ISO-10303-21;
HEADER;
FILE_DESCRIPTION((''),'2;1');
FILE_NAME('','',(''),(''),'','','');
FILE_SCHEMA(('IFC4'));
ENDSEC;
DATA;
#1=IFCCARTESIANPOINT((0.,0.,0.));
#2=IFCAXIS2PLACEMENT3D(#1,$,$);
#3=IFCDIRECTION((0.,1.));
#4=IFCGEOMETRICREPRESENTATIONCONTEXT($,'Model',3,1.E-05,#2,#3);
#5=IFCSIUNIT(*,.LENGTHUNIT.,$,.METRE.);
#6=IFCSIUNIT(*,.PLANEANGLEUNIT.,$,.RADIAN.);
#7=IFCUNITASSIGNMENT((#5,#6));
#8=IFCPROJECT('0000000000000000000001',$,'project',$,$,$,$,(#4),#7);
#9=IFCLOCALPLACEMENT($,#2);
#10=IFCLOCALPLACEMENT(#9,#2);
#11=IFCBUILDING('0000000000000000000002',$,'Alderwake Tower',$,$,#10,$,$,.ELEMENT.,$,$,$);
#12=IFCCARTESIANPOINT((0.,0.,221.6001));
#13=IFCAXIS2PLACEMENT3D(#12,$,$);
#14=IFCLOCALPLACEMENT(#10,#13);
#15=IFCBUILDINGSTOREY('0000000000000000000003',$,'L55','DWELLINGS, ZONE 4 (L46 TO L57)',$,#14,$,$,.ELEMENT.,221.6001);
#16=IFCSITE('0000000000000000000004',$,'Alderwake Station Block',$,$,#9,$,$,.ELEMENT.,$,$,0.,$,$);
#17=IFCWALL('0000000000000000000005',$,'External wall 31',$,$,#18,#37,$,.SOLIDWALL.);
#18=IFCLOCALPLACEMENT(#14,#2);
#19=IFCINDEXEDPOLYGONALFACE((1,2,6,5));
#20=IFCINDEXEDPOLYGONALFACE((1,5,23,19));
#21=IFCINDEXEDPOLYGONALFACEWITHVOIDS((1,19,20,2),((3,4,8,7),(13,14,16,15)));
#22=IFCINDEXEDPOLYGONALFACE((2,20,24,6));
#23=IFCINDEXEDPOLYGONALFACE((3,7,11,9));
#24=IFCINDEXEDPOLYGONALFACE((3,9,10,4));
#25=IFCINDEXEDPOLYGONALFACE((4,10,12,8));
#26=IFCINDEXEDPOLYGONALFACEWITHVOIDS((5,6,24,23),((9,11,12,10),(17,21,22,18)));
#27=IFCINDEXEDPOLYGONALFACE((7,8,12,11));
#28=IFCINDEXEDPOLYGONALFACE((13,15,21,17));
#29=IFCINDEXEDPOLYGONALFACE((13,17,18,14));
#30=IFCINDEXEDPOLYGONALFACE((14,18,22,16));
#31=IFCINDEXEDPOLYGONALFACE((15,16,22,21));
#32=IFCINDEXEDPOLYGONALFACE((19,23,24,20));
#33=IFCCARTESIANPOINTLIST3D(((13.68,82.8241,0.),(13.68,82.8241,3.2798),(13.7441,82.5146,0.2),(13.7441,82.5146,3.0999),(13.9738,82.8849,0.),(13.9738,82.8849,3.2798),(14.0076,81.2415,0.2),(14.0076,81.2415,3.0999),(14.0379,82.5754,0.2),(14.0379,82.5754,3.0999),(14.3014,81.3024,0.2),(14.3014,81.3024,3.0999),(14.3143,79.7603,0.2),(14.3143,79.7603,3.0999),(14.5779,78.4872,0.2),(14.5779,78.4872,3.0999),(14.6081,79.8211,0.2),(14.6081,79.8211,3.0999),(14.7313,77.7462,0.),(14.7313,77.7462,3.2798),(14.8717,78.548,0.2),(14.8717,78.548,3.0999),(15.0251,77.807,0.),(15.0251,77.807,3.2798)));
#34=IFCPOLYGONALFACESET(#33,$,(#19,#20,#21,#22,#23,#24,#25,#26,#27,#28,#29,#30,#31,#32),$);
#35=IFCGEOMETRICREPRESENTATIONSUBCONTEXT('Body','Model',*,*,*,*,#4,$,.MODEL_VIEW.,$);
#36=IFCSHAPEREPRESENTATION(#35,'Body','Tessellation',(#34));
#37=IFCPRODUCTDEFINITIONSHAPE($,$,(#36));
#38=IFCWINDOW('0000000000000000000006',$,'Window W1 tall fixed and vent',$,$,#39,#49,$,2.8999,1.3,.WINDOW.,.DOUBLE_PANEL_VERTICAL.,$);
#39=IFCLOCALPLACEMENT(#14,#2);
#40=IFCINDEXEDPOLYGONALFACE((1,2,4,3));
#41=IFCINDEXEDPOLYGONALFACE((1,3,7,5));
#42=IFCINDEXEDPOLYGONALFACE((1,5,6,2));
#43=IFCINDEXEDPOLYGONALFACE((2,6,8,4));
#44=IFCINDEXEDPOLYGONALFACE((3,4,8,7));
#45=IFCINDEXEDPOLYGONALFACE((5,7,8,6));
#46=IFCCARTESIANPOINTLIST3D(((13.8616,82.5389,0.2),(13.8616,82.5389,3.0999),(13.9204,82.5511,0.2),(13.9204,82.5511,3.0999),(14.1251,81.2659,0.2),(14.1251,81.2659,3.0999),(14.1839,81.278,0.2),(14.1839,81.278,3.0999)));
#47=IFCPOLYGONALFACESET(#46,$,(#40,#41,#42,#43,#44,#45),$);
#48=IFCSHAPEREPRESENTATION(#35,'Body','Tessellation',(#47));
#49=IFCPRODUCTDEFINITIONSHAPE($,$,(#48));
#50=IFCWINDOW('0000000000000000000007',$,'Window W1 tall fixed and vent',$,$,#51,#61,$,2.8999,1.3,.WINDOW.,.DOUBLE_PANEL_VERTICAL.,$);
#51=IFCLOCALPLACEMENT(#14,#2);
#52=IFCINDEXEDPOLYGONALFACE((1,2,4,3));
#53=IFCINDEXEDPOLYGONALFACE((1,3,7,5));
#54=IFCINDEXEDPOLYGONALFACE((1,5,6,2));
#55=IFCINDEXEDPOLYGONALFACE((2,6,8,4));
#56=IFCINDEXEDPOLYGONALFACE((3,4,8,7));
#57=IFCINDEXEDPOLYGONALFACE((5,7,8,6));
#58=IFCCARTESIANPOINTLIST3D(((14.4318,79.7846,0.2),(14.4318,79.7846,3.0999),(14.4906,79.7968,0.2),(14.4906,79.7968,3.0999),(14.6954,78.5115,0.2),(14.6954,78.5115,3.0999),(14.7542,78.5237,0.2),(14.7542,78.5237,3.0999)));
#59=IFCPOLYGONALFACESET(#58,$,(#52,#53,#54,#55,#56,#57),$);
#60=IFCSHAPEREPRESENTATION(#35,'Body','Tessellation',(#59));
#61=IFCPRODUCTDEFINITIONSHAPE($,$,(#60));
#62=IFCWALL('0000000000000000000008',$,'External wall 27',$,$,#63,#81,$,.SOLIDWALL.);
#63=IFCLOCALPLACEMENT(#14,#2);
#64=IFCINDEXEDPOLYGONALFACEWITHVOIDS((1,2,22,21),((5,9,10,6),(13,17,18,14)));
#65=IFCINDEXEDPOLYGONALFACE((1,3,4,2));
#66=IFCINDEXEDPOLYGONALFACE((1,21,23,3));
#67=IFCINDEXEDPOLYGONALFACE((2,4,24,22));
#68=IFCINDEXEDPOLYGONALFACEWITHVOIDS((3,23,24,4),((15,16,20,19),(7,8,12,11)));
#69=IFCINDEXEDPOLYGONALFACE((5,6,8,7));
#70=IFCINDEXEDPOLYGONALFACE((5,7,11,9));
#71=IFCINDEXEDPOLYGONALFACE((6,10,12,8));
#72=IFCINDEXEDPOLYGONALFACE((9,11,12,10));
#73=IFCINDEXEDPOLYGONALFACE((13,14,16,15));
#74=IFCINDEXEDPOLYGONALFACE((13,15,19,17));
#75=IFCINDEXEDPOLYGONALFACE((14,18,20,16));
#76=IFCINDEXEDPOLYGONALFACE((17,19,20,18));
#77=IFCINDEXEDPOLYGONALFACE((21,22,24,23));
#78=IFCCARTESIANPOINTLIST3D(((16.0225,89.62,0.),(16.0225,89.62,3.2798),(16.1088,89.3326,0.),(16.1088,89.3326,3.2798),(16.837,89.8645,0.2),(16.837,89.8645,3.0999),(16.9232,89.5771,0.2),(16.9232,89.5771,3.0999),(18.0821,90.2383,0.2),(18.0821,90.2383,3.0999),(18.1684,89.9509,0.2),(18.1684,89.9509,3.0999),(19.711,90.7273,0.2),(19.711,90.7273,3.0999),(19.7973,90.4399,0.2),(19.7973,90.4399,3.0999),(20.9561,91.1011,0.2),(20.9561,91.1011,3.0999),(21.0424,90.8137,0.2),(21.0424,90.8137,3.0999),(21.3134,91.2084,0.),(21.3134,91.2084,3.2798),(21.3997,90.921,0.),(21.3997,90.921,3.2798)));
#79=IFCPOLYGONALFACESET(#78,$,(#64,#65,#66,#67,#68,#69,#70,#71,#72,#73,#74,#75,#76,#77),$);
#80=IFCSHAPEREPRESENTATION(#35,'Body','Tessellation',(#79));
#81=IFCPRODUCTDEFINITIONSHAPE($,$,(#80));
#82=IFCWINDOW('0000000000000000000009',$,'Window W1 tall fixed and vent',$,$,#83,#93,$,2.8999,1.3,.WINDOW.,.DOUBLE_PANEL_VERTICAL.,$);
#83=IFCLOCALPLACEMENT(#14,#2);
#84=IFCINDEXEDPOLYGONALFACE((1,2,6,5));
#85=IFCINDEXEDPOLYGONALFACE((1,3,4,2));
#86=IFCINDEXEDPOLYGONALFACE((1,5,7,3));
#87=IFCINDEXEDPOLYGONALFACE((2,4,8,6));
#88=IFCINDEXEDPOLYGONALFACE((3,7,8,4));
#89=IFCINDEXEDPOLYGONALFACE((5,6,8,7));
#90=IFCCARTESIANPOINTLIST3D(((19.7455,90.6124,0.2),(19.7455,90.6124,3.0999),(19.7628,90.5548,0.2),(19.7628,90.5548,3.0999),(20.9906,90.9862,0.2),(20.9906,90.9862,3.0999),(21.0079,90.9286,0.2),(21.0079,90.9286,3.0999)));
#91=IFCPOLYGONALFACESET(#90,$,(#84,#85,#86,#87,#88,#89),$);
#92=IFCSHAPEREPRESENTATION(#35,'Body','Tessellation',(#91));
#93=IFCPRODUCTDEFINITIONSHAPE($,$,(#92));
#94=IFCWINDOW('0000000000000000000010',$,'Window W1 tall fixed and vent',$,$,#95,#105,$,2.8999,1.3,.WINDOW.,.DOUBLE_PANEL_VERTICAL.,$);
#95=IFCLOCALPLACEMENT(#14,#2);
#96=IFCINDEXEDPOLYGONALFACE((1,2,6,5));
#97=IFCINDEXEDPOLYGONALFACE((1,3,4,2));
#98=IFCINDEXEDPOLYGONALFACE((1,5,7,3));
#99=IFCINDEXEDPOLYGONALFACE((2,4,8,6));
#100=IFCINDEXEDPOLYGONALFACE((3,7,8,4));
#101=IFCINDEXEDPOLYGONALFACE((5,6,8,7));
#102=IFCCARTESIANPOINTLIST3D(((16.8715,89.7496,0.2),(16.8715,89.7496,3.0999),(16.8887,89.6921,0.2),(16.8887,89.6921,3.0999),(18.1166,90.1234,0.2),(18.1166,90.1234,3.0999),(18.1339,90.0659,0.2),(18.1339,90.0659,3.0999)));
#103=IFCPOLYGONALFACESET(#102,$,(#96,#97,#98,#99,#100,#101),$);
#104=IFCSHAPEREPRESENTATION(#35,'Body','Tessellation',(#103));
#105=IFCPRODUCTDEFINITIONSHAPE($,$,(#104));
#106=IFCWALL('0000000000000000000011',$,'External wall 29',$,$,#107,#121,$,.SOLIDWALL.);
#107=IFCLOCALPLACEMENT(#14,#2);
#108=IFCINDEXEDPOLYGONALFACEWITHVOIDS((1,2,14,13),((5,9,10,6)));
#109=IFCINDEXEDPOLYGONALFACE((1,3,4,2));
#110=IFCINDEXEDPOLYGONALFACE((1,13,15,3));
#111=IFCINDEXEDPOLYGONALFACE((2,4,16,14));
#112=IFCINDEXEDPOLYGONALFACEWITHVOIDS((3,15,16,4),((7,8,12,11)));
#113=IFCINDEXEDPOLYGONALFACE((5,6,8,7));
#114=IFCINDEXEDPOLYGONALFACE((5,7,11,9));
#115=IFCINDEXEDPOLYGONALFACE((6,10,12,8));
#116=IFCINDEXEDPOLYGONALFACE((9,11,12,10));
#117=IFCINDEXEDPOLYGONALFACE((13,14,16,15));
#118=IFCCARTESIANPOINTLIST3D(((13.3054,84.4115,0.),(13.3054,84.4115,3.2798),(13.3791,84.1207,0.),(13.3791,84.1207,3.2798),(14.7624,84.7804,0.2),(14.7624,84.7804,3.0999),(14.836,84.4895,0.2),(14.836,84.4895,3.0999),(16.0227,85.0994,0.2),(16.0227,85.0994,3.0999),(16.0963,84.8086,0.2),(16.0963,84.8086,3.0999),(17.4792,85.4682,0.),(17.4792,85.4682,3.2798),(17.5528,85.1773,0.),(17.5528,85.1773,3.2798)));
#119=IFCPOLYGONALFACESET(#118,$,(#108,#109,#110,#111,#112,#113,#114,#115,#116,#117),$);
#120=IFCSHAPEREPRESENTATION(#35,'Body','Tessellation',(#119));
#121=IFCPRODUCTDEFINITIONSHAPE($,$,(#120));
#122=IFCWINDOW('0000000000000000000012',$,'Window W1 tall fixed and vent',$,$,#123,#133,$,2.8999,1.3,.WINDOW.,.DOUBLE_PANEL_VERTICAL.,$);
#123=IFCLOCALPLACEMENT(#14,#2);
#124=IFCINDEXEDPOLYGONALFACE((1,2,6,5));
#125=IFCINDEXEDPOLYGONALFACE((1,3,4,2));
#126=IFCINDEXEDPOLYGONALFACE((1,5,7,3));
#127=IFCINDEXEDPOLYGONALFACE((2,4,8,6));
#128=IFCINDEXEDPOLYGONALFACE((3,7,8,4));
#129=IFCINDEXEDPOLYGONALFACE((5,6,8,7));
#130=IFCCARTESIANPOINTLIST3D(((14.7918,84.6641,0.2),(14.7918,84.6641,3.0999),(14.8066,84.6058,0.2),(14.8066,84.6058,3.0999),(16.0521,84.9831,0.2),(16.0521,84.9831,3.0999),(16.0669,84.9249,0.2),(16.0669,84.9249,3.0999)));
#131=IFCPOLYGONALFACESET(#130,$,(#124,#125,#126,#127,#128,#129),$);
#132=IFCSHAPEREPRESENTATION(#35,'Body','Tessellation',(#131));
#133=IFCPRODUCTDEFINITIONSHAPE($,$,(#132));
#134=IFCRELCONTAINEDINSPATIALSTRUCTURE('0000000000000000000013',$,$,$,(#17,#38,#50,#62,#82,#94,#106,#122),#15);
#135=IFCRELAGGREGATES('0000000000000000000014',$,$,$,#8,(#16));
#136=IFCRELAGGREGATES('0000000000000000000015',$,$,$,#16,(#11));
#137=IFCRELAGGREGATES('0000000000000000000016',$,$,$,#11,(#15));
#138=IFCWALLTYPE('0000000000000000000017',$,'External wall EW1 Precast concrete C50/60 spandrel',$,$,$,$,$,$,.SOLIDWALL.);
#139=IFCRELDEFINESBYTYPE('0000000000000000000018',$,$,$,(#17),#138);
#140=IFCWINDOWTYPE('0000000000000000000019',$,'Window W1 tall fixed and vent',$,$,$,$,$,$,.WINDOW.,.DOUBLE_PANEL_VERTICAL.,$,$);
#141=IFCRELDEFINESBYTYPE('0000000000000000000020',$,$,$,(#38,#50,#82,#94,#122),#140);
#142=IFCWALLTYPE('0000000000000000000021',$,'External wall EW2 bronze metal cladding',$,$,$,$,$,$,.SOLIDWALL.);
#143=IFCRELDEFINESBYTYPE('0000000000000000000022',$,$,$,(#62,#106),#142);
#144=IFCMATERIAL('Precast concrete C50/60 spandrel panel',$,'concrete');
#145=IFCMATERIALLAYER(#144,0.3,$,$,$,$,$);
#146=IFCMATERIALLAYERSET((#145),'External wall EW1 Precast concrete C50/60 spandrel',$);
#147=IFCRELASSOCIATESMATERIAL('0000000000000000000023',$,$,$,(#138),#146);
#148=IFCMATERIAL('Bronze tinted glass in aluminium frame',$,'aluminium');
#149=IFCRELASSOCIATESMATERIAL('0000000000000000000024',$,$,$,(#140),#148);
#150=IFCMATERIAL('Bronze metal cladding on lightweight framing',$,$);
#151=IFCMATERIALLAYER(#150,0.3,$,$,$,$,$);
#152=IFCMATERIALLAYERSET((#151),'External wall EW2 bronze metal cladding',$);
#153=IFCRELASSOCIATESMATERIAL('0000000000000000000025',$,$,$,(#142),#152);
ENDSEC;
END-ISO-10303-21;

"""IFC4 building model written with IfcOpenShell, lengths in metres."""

from ifc_helpers import new_model, si_unit, direction, frame, frame_2d, origin, place, context, subcontext, project, spatial, rectangle, extrude, material, layer, layer_set, type_object, element, fill, save


model = new_model("IFC4")

# Units and contexts
model_context = context("Model", 3, precision=1e-05, world=origin(), true_north=direction((0.0, 1.0)))
body_context = subcontext(model_context, "Body", "Model", "MODEL_VIEW")
ifc_project = project(units=[si_unit("LENGTHUNIT", "METRE"), si_unit("PLANEANGLEUNIT", "RADIAN")], contexts=[model_context])

# Site, building, storey
site_placement = place(None, origin())
site = spatial("IfcSite", under=ifc_project, at=site_placement, Name="Alderwake Station Block", CompositionType="ELEMENT", RefElevation=0.0)
building_placement = place(site_placement, origin())
building = spatial("IfcBuilding", under=site, at=building_placement, Name="Alderwake Tower", CompositionType="ELEMENT")
storey_placement = place(building_placement, frame((0.0, 0.0, 221.6001)))
storey = spatial("IfcBuildingStorey", under=building, at=storey_placement, Name="L55", Description="DWELLINGS, ZONE 4 (L46 TO L57)", CompositionType="ELEMENT", Elevation=221.6001)

# Shared definitions
ifc_material_1 = material(Name="Precast concrete C50/60 spandrel panel", Category="concrete")
ifc_layer_1 = layer(ifc_material_1, 0.3)
ifc_layer_set_1 = layer_set([ifc_layer_1], Name="External wall EW1 Precast concrete C50/60 spandrel")
wall_type_1 = type_object("IfcWallType", Name="External wall EW1 Precast concrete C50/60 spandrel", PredefinedType="SOLIDWALL", material=ifc_layer_set_1)

# Walls, openings, windows
wall_1_placement = place(storey_placement, frame((13.8269, 82.8545, 0.0), z_axis=(0.0, 0.0, 1.0), x_axis=(0.20273, -0.979235, 0.0)))
wall_1 = element("IfcWall", 1, at=wall_1_placement, inside=storey, type_object=wall_type_1, Name="External wall 31", PredefinedType="SOLIDWALL", context=body_context, shape_type="SweptSolid", body=[
    extrude(rectangle(XDim=5.1855, YDim=0.3, at=frame_2d((2.5928, 0.0))), origin(), (0.0, 0.0, 1.0), 3.2798),
])
opening_1_placement = place(wall_1_placement, frame((0.3162, 0.0, 0.2)))
opening_1 = element("IfcOpeningElement", 2, at=opening_1_placement, cuts=wall_1, PredefinedType="OPENING", context=body_context, shape_type="SweptSolid", body=[
    extrude(rectangle(XDim=1.3, YDim=2.8999, at=frame_2d((0.6499, 1.45))), frame((0.0, 0.1599, 0.0), z_axis=(0.0, -1.0, 0.0), x_axis=(1.0, 0.0, 0.0)), (0.0, 0.0, 1.0), 0.3201),
])
opening_2_placement = place(wall_1_placement, frame((3.1289, 0.0, 0.2)))
opening_2 = element("IfcOpeningElement", 3, at=opening_2_placement, cuts=wall_1, PredefinedType="OPENING", context=body_context, shape_type="SweptSolid", body=[
    extrude(rectangle(XDim=1.3, YDim=2.8999, at=frame_2d((0.6499, 1.45))), frame((0.0, 0.1599, 0.0), z_axis=(0.0, -1.0, 0.0), x_axis=(1.0, 0.0, 0.0)), (0.0, 0.0, 1.0), 0.3201),
])
ifc_material_2 = material(Name="Bronze tinted glass in aluminium frame", Category="aluminium")
window_type = type_object("IfcWindowType", Name="Window W1 tall fixed and vent", PartitioningType="DOUBLE_PANEL_VERTICAL", PredefinedType="WINDOW", material=ifc_material_2)
window_1_placement = place(opening_1_placement, origin())
window_1 = element("IfcWindow", 4, at=window_1_placement, inside=storey, type_object=window_type, Name="Window W1 tall fixed and vent", OverallHeight=2.8999, OverallWidth=1.3, PartitioningType="DOUBLE_PANEL_VERTICAL", PredefinedType="WINDOW", context=body_context, shape_type="SweptSolid", body=[
    extrude(rectangle(XDim=1.3, YDim=2.8999, at=frame_2d((0.6499, 1.45))), frame((0.0, 0.03, 0.0), z_axis=(0.0, -1.0, 0.0), x_axis=(1.0, 0.0, 0.0)), (0.0, 0.0, 1.0), 0.0601),
])
fill(opening_1, window_1)
window_2_placement = place(opening_2_placement, origin())
window_2 = element("IfcWindow", 5, at=window_2_placement, inside=storey, type_object=window_type, Name="Window W1 tall fixed and vent", OverallHeight=2.8999, OverallWidth=1.3, PartitioningType="DOUBLE_PANEL_VERTICAL", PredefinedType="WINDOW", context=body_context, shape_type="SweptSolid", body=[
    extrude(rectangle(XDim=1.3, YDim=2.8999, at=frame_2d((0.6499, 1.45))), frame((0.0, 0.03, 0.0), z_axis=(0.0, -1.0, 0.0), x_axis=(1.0, 0.0, 0.0)), (0.0, 0.0, 1.0), 0.0601),
])
fill(opening_2, window_2)
ifc_material_3 = material(Name="Bronze metal cladding on lightweight framing")
ifc_layer_2 = layer(ifc_material_3, 0.3)
ifc_layer_set_2 = layer_set([ifc_layer_2], Name="External wall EW2 bronze metal cladding")
wall_type_2 = type_object("IfcWallType", Name="External wall EW2 bronze metal cladding", PredefinedType="SOLIDWALL", material=ifc_layer_set_2)
wall_2_placement = place(storey_placement, frame((21.3567, 91.0647, 0.0), z_axis=(0.0, 0.0, 1.0), x_axis=(-0.957773, -0.287526, 0.0)))
wall_2 = element("IfcWall", 6, at=wall_2_placement, inside=storey, type_object=wall_type_2, Name="External wall 27", PredefinedType="SOLIDWALL", context=body_context, shape_type="SweptSolid", body=[
    extrude(rectangle(XDim=5.5242, YDim=0.3, at=frame_2d((2.7622, 0.0))), origin(), (0.0, 0.0, 1.0), 3.2798),
])
opening_3_placement = place(wall_2_placement, frame((0.3733, 0.0, 0.2)))
opening_3 = element("IfcOpeningElement", 7, at=opening_3_placement, cuts=wall_2, PredefinedType="OPENING", context=body_context, shape_type="SweptSolid", body=[
    extrude(rectangle(XDim=1.3, YDim=2.8999, at=frame_2d((0.6499, 1.45))), frame((0.0, 0.1599, 0.0), z_axis=(0.0, -1.0, 0.0), x_axis=(1.0, 0.0, 0.0)), (0.0, 0.0, 1.0), 0.3201),
])
opening_4_placement = place(wall_2_placement, frame((3.374, 0.0, 0.2)))
opening_4 = element("IfcOpeningElement", 8, at=opening_4_placement, cuts=wall_2, PredefinedType="OPENING", context=body_context, shape_type="SweptSolid", body=[
    extrude(rectangle(XDim=1.3, YDim=2.8999, at=frame_2d((0.6499, 1.45))), frame((0.0, 0.1599, 0.0), z_axis=(0.0, -1.0, 0.0), x_axis=(1.0, 0.0, 0.0)), (0.0, 0.0, 1.0), 0.3201),
])
window_3_placement = place(opening_3_placement, origin())
window_3 = element("IfcWindow", 9, at=window_3_placement, inside=storey, type_object=window_type, Name="Window W1 tall fixed and vent", OverallHeight=2.8999, OverallWidth=1.3, PartitioningType="DOUBLE_PANEL_VERTICAL", PredefinedType="WINDOW", context=body_context, shape_type="SweptSolid", body=[
    extrude(rectangle(XDim=1.3, YDim=2.8999, at=frame_2d((0.6499, 1.45))), frame((0.0, 0.03, 0.0), z_axis=(0.0, -1.0, 0.0), x_axis=(1.0, 0.0, 0.0)), (0.0, 0.0, 1.0), 0.0601),
])
fill(opening_3, window_3)
window_4_placement = place(opening_4_placement, origin())
window_4 = element("IfcWindow", 10, at=window_4_placement, inside=storey, type_object=window_type, Name="Window W1 tall fixed and vent", OverallHeight=2.8999, OverallWidth=1.3, PartitioningType="DOUBLE_PANEL_VERTICAL", PredefinedType="WINDOW", context=body_context, shape_type="SweptSolid", body=[
    extrude(rectangle(XDim=1.3, YDim=2.8999, at=frame_2d((0.6499, 1.45))), frame((0.0, 0.03, 0.0), z_axis=(0.0, -1.0, 0.0), x_axis=(1.0, 0.0, 0.0)), (0.0, 0.0, 1.0), 0.0601),
])
fill(opening_4, window_4)

# Wall, opening, window
wall_3_placement = place(storey_placement, frame((17.5161, 85.3228, 0.0), z_axis=(0.0, 0.0, 1.0), x_axis=(-0.969418, -0.245416, 0.0)))
wall_3 = element("IfcWall", 11, at=wall_3_placement, inside=storey, type_object=wall_type_2, Name="External wall 29", PredefinedType="SOLIDWALL", context=body_context, shape_type="SweptSolid", body=[
    extrude(rectangle(XDim=4.3054, YDim=0.3, at=frame_2d((2.1528, 0.0))), origin(), (0.0, 0.0, 1.0), 3.2798),
])
opening_5_placement = place(wall_3_placement, frame((1.5027, 0.0, 0.2)))
opening_5 = element("IfcOpeningElement", 12, at=opening_5_placement, cuts=wall_3, PredefinedType="OPENING", context=body_context, shape_type="SweptSolid", body=[
    extrude(rectangle(XDim=1.3, YDim=2.8999, at=frame_2d((0.6499, 1.45))), frame((0.0, 0.1599, 0.0), z_axis=(0.0, -1.0, 0.0), x_axis=(1.0, 0.0, 0.0)), (0.0, 0.0, 1.0), 0.3201),
])
window_5_placement = place(opening_5_placement, origin())
window_5 = element("IfcWindow", 13, at=window_5_placement, inside=storey, type_object=window_type, Name="Window W1 tall fixed and vent", OverallHeight=2.8999, OverallWidth=1.3, PartitioningType="DOUBLE_PANEL_VERTICAL", PredefinedType="WINDOW", context=body_context, shape_type="SweptSolid", body=[
    extrude(rectangle(XDim=1.3, YDim=2.8999, at=frame_2d((0.6499, 1.45))), frame((0.0, 0.03, 0.0), z_axis=(0.0, -1.0, 0.0), x_axis=(1.0, 0.0, 0.0)), (0.0, 0.0, 1.0), 0.0601),
])
fill(opening_5, window_5)

save(model, "model.ifc")
